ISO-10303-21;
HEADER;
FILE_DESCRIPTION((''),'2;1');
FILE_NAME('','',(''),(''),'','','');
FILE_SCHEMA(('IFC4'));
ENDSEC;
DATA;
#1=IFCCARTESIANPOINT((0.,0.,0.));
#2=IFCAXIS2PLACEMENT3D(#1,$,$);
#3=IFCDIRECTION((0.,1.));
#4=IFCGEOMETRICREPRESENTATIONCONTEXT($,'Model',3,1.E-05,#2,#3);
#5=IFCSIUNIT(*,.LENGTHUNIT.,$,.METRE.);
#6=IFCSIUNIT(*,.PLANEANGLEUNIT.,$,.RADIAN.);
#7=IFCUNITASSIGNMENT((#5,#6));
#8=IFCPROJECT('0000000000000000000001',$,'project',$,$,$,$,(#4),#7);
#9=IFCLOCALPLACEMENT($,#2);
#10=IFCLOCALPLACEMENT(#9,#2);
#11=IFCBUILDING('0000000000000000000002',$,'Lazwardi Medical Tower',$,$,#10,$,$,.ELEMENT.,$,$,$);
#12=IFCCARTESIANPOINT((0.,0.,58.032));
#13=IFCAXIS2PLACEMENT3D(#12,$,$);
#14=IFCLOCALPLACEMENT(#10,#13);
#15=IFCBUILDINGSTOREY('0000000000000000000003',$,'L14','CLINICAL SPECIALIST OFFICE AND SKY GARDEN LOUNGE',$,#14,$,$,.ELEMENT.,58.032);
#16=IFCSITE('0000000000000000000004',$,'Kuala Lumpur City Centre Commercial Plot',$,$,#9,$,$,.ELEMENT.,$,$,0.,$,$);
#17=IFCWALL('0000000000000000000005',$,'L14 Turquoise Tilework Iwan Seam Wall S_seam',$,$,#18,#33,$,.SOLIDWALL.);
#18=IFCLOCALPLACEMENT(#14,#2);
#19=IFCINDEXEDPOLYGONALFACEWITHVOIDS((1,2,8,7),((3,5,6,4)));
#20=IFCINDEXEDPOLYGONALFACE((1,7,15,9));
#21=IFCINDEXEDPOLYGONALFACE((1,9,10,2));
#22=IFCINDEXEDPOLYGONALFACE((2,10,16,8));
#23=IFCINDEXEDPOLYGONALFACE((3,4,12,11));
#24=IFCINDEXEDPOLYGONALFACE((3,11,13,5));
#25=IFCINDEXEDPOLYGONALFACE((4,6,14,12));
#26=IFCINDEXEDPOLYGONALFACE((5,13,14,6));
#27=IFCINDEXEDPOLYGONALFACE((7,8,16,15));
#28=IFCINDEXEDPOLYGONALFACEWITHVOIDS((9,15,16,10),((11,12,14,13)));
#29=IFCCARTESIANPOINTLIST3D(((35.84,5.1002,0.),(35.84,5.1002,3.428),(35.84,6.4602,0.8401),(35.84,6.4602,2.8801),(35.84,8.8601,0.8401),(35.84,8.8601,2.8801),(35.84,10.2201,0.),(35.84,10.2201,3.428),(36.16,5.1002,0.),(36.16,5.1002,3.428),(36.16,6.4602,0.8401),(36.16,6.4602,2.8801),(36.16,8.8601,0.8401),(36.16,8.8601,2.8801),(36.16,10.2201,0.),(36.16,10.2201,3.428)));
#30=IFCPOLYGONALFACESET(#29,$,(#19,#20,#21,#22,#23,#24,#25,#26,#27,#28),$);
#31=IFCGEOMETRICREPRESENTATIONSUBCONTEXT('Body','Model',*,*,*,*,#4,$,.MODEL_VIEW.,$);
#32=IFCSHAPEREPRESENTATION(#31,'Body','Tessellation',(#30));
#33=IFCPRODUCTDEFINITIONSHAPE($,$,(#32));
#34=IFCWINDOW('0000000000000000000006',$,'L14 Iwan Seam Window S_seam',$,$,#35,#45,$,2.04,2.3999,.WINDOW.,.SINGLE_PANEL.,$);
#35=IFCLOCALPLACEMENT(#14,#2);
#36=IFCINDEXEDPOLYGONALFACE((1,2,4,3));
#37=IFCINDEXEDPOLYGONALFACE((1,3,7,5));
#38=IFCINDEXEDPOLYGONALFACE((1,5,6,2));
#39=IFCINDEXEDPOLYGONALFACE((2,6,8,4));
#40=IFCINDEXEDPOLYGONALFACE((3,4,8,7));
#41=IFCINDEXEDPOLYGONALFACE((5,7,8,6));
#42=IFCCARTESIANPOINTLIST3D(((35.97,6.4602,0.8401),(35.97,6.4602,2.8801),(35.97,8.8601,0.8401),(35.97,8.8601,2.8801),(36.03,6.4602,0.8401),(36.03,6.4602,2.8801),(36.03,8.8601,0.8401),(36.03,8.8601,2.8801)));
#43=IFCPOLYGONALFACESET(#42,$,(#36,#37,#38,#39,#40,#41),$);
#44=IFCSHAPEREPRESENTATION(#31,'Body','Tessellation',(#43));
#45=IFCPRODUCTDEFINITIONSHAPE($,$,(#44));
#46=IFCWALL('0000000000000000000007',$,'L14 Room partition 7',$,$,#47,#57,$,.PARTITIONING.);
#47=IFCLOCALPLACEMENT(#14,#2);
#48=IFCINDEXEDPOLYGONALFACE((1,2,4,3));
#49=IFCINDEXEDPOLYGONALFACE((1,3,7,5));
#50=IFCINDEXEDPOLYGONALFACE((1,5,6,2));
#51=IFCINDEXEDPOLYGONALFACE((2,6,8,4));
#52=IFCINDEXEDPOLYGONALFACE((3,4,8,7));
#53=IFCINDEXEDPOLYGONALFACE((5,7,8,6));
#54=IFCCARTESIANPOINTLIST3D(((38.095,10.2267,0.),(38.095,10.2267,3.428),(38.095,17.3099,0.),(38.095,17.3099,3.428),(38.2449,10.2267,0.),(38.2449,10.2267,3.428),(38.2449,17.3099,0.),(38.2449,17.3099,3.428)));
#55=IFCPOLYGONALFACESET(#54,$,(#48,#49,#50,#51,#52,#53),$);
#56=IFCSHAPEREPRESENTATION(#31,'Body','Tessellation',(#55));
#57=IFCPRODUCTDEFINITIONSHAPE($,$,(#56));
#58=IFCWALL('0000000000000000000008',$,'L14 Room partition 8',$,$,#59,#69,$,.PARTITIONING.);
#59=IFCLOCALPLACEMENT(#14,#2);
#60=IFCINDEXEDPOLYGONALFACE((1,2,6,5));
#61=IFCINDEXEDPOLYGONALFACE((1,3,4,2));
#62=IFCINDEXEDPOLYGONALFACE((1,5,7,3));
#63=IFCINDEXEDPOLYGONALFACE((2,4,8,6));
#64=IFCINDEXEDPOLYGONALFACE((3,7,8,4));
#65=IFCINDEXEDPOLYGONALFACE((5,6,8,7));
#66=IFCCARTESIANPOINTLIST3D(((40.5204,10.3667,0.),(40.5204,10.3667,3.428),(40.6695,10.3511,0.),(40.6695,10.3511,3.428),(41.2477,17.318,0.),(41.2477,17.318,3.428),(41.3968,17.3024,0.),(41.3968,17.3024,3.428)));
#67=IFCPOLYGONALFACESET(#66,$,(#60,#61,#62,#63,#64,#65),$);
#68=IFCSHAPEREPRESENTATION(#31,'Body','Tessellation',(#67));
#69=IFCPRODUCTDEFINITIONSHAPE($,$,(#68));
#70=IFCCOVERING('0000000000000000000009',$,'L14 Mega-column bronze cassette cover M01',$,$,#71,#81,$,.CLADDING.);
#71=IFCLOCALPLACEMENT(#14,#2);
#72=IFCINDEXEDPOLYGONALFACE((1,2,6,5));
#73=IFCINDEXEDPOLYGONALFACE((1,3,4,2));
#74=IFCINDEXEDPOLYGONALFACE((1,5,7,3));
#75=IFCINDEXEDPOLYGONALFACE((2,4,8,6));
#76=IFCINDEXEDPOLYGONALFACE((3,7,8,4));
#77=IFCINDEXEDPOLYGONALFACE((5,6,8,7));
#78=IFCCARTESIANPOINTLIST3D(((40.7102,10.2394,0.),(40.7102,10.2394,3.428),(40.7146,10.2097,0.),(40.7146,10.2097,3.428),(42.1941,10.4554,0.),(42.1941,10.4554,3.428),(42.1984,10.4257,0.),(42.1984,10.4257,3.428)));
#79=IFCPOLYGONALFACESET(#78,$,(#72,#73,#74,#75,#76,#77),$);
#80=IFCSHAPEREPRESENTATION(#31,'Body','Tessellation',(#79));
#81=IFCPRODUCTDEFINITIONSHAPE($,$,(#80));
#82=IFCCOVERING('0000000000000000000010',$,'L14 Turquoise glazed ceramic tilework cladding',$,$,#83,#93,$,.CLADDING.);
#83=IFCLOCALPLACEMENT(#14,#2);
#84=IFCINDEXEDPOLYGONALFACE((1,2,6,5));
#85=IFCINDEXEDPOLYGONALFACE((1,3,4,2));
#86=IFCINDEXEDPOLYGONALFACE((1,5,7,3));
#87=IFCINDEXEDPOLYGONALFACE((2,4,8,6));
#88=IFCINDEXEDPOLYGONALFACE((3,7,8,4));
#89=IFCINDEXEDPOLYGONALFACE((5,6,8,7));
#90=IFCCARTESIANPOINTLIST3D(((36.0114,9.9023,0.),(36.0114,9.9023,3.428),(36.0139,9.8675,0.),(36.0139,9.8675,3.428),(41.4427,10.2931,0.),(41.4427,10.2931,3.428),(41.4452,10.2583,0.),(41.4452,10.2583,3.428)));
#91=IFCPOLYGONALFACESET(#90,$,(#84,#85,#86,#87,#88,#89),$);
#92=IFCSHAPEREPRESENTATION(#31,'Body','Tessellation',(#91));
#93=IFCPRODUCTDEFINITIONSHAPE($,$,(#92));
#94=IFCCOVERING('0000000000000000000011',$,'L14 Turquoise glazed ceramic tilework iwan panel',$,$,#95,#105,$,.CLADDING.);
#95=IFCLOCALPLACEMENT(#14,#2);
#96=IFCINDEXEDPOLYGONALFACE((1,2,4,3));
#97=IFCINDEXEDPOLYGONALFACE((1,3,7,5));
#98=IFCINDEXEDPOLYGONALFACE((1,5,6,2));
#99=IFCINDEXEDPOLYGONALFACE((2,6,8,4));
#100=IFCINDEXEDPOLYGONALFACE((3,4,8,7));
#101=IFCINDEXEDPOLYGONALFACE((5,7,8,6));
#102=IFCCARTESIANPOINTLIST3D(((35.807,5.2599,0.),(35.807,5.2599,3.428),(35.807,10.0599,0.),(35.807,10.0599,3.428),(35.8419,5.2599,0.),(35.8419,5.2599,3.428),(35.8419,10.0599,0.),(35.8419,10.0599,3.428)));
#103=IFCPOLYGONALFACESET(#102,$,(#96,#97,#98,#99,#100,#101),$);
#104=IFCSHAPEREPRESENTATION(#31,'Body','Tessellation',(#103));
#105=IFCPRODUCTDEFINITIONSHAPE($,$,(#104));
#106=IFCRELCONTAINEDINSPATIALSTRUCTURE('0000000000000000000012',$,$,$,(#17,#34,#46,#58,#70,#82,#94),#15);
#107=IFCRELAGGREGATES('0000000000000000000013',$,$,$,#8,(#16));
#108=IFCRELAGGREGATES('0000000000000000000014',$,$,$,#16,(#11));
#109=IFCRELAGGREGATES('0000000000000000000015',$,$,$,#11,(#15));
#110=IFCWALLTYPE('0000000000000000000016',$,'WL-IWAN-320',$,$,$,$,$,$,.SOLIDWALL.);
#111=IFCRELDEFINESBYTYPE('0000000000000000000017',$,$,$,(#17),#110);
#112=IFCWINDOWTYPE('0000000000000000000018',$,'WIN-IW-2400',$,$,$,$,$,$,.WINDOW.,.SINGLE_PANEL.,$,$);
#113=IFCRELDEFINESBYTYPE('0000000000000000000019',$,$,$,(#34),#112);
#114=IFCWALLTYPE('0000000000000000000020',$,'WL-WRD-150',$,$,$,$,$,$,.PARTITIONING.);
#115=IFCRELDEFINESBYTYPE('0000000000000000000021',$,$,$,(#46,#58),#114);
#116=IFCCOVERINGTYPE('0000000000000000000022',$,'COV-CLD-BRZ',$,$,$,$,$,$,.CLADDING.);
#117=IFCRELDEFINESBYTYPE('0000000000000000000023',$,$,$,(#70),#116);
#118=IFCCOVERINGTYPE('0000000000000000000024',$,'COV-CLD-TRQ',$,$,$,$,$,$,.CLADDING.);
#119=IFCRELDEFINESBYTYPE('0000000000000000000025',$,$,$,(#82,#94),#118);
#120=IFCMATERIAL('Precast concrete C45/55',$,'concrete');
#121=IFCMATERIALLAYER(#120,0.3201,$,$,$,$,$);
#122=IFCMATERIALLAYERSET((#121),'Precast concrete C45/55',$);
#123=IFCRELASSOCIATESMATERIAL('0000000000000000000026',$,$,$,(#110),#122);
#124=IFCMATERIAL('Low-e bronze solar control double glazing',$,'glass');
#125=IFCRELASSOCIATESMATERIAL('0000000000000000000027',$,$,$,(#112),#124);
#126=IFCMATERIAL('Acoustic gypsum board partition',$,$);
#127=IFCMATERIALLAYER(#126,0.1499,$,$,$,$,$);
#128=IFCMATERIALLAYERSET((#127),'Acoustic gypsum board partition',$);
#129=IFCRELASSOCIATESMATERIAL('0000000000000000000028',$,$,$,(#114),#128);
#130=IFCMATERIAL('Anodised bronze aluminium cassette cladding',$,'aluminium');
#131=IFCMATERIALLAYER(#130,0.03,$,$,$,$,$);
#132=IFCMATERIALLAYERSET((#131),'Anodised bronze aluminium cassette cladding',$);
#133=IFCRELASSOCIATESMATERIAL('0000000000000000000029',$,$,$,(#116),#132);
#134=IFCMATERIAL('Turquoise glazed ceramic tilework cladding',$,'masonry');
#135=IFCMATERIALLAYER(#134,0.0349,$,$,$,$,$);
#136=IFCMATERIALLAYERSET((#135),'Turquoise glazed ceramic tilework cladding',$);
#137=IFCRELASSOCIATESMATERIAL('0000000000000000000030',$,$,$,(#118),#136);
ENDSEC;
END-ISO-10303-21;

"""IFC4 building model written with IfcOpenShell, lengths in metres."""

from ifc_helpers import new_model, si_unit, direction, frame, frame_2d, origin, origin_2d, place, context, subcontext, project, spatial, rectangle, extrude, material, layer, layer_set, type_object, element, fill, save


model = new_model("IFC4")

# Units and contexts
model_context = context("Model", 3, precision=1e-05, world=origin(), true_north=direction((0.0, 1.0)))
body_context = subcontext(model_context, "Body", "Model", "MODEL_VIEW")
ifc_project = project(units=[si_unit("LENGTHUNIT", "METRE"), si_unit("PLANEANGLEUNIT", "RADIAN")], contexts=[model_context])

# Site, building, storey
site_placement = place(None, origin())
site = spatial("IfcSite", under=ifc_project, at=site_placement, Name="Kuala Lumpur City Centre Commercial Plot", CompositionType="ELEMENT", RefElevation=0.0)
building_placement = place(site_placement, origin())
building = spatial("IfcBuilding", under=site, at=building_placement, Name="Lazwardi Medical Tower", CompositionType="ELEMENT")
storey_placement = place(building_placement, frame((0.0, 0.0, 58.032)))
storey = spatial("IfcBuildingStorey", under=building, at=storey_placement, Name="L14", Description="CLINICAL SPECIALIST OFFICE AND SKY GARDEN LOUNGE", CompositionType="ELEMENT", Elevation=58.032)

# Shared definitions
ifc_material_1 = material(Name="Low-e bronze solar control double glazing", Category="glass")

# Wall, opening, window
ifc_material_2 = material(Name="Precast concrete C45/55", Category="concrete")
ifc_layer_1 = layer(ifc_material_2, 0.3201)
ifc_layer_set_1 = layer_set([ifc_layer_1], Name="Precast concrete C45/55")
wall_type_1 = type_object("IfcWallType", Name="WL-IWAN-320", PredefinedType="SOLIDWALL", material=ifc_layer_set_1)
wall_1_placement = place(storey_placement, frame((36.0, 5.1001, 0.0), z_axis=(0.0, 0.0, 1.0), x_axis=(0.0, 1.0, 0.0)))
wall_1 = element("IfcWall", 1, at=wall_1_placement, inside=storey, type_object=wall_type_1, Name="L14 Turquoise Tilework Iwan Seam Wall S_seam", PredefinedType="SOLIDWALL", context=body_context, shape_type="SweptSolid", body=[
    extrude(rectangle(XDim=5.1199, YDim=0.3201, at=frame_2d((2.5601, 0.0))), origin(), (0.0, 0.0, 1.0), 3.428),
])
opening_1_placement = place(wall_1_placement, frame((1.3601, 0.0, 0.8401)))
opening_1 = element("IfcOpeningElement", 2, at=opening_1_placement, cuts=wall_1, PredefinedType="OPENING", context=body_context, shape_type="SweptSolid", body=[
    extrude(rectangle(XDim=2.3999, YDim=2.04, at=frame_2d((1.2, 1.02))), frame((0.0, 0.1699, 0.0), z_axis=(0.0, -1.0, 0.0), x_axis=(1.0, 0.0, 0.0)), (0.0, 0.0, 1.0), 0.3401),
])
window_type_1 = type_object("IfcWindowType", Name="WIN-IW-2400", PartitioningType="SINGLE_PANEL", PredefinedType="WINDOW", material=ifc_material_1)
window_1_placement = place(opening_1_placement, origin())
window_1 = element("IfcWindow", 3, at=window_1_placement, inside=storey, type_object=window_type_1, Name="L14 Iwan Seam Window S_seam", OverallHeight=2.04, OverallWidth=2.3999, PartitioningType="SINGLE_PANEL", PredefinedType="WINDOW", context=body_context, shape_type="SweptSolid", body=[
    extrude(rectangle(XDim=2.3999, YDim=2.04, at=frame_2d((1.2, 1.02))), frame((0.0, 0.03, 0.0), z_axis=(0.0, -1.0, 0.0), x_axis=(1.0, 0.0, 0.0)), (0.0, 0.0, 1.0), 0.0601),
])
fill(opening_1, window_1)

# Walls
ifc_material_3 = material(Name="Acoustic gypsum board partition")
ifc_layer_2 = layer(ifc_material_3, 0.1499)
ifc_layer_set_2 = layer_set([ifc_layer_2], Name="Acoustic gypsum board partition")
wall_type_2 = type_object("IfcWallType", Name="WL-WRD-150", PredefinedType="PARTITIONING", material=ifc_layer_set_2)
wall_2_placement = place(storey_placement, frame((38.1699, 10.2268, 0.0), z_axis=(0.0, 0.0, 1.0), x_axis=(0.0, 1.0, 0.0)))
element("IfcWall", 4, at=wall_2_placement, inside=storey, type_object=wall_type_2, Name="L14 Room partition 7", PredefinedType="PARTITIONING", context=body_context, shape_type="SweptSolid", body=[
    extrude(rectangle(XDim=7.0833, YDim=0.1499, at=frame_2d((3.5415, 0.0))), origin(), (0.0, 0.0, 1.0), 3.428),
])
wall_3_placement = place(storey_placement, frame((40.595, 10.3589, 0.0), z_axis=(0.0, 0.0, 1.0), x_axis=(0.104057, 0.994571, 0.0)))
element("IfcWall", 5, at=wall_3_placement, inside=storey, type_object=wall_type_2, Name="L14 Room partition 8", PredefinedType="PARTITIONING", context=body_context, shape_type="SweptSolid", body=[
    extrude(rectangle(XDim=6.9893, YDim=0.1499, at=frame_2d((3.4946, 0.0))), origin(), (0.0, 0.0, 1.0), 3.428),
])

# Coverings
ifc_material_4 = material(Name="Anodised bronze aluminium cassette cladding", Category="aluminium")
ifc_layer_3 = layer(ifc_material_4, 0.03)
ifc_layer_set_3 = layer_set([ifc_layer_3], Name="Anodised bronze aluminium cassette cladding")
covering_type_1 = type_object("IfcCoveringType", Name="COV-CLD-BRZ", PredefinedType="CLADDING", material=ifc_layer_set_3)
covering_1_placement = place(storey_placement, frame((41.4543, 10.3325, 0.0), z_axis=(0.0, 0.0, 1.0), x_axis=(0.989573, 0.144035, 0.0)))
element("IfcCovering", 6, at=covering_1_placement, inside=storey, type_object=covering_type_1, Name="L14 Mega-column bronze cassette cover M01", PredefinedType="CLADDING", context=body_context, shape_type="SweptSolid", body=[
    extrude(rectangle(XDim=1.4995, YDim=0.03, at=origin_2d()), origin(), (0.0, 0.0, 1.0), 3.428),
])
ifc_material_5 = material(Name="Turquoise glazed ceramic tilework cladding", Category="masonry")
ifc_layer_4 = layer(ifc_material_5, 0.0349)
ifc_layer_set_4 = layer_set([ifc_layer_4], Name="Turquoise glazed ceramic tilework cladding")
covering_type_2 = type_object("IfcCoveringType", Name="COV-CLD-TRQ", PredefinedType="CLADDING", material=ifc_layer_set_4)
covering_2_placement = place(storey_placement, frame((38.7283, 10.0803, 0.0), z_axis=(0.0, 0.0, 1.0), x_axis=(0.997421, 0.071767, 0.0)))
element("IfcCovering", 7, at=covering_2_placement, inside=storey, type_object=covering_type_2, Name="L14 Turquoise glazed ceramic tilework cladding", PredefinedType="CLADDING", context=body_context, shape_type="SweptSolid", body=[
    extrude(rectangle(XDim=5.4453, YDim=0.0349, at=origin_2d()), origin(), (0.0, 0.0, 1.0), 3.428),
])
covering_3_placement = place(storey_placement, frame((35.8245, 7.6599, 0.0), z_axis=(0.0, 0.0, 1.0), x_axis=(0.0, 1.0, 0.0)))
element("IfcCovering", 8, at=covering_3_placement, inside=storey, type_object=covering_type_2, Name="L14 Turquoise glazed ceramic tilework iwan panel", PredefinedType="CLADDING", context=body_context, shape_type="SweptSolid", body=[
    extrude(rectangle(XDim=4.8, YDim=0.0349, at=origin_2d()), origin(), (0.0, 0.0, 1.0), 3.428),
])

save(model, "model.ifc")
